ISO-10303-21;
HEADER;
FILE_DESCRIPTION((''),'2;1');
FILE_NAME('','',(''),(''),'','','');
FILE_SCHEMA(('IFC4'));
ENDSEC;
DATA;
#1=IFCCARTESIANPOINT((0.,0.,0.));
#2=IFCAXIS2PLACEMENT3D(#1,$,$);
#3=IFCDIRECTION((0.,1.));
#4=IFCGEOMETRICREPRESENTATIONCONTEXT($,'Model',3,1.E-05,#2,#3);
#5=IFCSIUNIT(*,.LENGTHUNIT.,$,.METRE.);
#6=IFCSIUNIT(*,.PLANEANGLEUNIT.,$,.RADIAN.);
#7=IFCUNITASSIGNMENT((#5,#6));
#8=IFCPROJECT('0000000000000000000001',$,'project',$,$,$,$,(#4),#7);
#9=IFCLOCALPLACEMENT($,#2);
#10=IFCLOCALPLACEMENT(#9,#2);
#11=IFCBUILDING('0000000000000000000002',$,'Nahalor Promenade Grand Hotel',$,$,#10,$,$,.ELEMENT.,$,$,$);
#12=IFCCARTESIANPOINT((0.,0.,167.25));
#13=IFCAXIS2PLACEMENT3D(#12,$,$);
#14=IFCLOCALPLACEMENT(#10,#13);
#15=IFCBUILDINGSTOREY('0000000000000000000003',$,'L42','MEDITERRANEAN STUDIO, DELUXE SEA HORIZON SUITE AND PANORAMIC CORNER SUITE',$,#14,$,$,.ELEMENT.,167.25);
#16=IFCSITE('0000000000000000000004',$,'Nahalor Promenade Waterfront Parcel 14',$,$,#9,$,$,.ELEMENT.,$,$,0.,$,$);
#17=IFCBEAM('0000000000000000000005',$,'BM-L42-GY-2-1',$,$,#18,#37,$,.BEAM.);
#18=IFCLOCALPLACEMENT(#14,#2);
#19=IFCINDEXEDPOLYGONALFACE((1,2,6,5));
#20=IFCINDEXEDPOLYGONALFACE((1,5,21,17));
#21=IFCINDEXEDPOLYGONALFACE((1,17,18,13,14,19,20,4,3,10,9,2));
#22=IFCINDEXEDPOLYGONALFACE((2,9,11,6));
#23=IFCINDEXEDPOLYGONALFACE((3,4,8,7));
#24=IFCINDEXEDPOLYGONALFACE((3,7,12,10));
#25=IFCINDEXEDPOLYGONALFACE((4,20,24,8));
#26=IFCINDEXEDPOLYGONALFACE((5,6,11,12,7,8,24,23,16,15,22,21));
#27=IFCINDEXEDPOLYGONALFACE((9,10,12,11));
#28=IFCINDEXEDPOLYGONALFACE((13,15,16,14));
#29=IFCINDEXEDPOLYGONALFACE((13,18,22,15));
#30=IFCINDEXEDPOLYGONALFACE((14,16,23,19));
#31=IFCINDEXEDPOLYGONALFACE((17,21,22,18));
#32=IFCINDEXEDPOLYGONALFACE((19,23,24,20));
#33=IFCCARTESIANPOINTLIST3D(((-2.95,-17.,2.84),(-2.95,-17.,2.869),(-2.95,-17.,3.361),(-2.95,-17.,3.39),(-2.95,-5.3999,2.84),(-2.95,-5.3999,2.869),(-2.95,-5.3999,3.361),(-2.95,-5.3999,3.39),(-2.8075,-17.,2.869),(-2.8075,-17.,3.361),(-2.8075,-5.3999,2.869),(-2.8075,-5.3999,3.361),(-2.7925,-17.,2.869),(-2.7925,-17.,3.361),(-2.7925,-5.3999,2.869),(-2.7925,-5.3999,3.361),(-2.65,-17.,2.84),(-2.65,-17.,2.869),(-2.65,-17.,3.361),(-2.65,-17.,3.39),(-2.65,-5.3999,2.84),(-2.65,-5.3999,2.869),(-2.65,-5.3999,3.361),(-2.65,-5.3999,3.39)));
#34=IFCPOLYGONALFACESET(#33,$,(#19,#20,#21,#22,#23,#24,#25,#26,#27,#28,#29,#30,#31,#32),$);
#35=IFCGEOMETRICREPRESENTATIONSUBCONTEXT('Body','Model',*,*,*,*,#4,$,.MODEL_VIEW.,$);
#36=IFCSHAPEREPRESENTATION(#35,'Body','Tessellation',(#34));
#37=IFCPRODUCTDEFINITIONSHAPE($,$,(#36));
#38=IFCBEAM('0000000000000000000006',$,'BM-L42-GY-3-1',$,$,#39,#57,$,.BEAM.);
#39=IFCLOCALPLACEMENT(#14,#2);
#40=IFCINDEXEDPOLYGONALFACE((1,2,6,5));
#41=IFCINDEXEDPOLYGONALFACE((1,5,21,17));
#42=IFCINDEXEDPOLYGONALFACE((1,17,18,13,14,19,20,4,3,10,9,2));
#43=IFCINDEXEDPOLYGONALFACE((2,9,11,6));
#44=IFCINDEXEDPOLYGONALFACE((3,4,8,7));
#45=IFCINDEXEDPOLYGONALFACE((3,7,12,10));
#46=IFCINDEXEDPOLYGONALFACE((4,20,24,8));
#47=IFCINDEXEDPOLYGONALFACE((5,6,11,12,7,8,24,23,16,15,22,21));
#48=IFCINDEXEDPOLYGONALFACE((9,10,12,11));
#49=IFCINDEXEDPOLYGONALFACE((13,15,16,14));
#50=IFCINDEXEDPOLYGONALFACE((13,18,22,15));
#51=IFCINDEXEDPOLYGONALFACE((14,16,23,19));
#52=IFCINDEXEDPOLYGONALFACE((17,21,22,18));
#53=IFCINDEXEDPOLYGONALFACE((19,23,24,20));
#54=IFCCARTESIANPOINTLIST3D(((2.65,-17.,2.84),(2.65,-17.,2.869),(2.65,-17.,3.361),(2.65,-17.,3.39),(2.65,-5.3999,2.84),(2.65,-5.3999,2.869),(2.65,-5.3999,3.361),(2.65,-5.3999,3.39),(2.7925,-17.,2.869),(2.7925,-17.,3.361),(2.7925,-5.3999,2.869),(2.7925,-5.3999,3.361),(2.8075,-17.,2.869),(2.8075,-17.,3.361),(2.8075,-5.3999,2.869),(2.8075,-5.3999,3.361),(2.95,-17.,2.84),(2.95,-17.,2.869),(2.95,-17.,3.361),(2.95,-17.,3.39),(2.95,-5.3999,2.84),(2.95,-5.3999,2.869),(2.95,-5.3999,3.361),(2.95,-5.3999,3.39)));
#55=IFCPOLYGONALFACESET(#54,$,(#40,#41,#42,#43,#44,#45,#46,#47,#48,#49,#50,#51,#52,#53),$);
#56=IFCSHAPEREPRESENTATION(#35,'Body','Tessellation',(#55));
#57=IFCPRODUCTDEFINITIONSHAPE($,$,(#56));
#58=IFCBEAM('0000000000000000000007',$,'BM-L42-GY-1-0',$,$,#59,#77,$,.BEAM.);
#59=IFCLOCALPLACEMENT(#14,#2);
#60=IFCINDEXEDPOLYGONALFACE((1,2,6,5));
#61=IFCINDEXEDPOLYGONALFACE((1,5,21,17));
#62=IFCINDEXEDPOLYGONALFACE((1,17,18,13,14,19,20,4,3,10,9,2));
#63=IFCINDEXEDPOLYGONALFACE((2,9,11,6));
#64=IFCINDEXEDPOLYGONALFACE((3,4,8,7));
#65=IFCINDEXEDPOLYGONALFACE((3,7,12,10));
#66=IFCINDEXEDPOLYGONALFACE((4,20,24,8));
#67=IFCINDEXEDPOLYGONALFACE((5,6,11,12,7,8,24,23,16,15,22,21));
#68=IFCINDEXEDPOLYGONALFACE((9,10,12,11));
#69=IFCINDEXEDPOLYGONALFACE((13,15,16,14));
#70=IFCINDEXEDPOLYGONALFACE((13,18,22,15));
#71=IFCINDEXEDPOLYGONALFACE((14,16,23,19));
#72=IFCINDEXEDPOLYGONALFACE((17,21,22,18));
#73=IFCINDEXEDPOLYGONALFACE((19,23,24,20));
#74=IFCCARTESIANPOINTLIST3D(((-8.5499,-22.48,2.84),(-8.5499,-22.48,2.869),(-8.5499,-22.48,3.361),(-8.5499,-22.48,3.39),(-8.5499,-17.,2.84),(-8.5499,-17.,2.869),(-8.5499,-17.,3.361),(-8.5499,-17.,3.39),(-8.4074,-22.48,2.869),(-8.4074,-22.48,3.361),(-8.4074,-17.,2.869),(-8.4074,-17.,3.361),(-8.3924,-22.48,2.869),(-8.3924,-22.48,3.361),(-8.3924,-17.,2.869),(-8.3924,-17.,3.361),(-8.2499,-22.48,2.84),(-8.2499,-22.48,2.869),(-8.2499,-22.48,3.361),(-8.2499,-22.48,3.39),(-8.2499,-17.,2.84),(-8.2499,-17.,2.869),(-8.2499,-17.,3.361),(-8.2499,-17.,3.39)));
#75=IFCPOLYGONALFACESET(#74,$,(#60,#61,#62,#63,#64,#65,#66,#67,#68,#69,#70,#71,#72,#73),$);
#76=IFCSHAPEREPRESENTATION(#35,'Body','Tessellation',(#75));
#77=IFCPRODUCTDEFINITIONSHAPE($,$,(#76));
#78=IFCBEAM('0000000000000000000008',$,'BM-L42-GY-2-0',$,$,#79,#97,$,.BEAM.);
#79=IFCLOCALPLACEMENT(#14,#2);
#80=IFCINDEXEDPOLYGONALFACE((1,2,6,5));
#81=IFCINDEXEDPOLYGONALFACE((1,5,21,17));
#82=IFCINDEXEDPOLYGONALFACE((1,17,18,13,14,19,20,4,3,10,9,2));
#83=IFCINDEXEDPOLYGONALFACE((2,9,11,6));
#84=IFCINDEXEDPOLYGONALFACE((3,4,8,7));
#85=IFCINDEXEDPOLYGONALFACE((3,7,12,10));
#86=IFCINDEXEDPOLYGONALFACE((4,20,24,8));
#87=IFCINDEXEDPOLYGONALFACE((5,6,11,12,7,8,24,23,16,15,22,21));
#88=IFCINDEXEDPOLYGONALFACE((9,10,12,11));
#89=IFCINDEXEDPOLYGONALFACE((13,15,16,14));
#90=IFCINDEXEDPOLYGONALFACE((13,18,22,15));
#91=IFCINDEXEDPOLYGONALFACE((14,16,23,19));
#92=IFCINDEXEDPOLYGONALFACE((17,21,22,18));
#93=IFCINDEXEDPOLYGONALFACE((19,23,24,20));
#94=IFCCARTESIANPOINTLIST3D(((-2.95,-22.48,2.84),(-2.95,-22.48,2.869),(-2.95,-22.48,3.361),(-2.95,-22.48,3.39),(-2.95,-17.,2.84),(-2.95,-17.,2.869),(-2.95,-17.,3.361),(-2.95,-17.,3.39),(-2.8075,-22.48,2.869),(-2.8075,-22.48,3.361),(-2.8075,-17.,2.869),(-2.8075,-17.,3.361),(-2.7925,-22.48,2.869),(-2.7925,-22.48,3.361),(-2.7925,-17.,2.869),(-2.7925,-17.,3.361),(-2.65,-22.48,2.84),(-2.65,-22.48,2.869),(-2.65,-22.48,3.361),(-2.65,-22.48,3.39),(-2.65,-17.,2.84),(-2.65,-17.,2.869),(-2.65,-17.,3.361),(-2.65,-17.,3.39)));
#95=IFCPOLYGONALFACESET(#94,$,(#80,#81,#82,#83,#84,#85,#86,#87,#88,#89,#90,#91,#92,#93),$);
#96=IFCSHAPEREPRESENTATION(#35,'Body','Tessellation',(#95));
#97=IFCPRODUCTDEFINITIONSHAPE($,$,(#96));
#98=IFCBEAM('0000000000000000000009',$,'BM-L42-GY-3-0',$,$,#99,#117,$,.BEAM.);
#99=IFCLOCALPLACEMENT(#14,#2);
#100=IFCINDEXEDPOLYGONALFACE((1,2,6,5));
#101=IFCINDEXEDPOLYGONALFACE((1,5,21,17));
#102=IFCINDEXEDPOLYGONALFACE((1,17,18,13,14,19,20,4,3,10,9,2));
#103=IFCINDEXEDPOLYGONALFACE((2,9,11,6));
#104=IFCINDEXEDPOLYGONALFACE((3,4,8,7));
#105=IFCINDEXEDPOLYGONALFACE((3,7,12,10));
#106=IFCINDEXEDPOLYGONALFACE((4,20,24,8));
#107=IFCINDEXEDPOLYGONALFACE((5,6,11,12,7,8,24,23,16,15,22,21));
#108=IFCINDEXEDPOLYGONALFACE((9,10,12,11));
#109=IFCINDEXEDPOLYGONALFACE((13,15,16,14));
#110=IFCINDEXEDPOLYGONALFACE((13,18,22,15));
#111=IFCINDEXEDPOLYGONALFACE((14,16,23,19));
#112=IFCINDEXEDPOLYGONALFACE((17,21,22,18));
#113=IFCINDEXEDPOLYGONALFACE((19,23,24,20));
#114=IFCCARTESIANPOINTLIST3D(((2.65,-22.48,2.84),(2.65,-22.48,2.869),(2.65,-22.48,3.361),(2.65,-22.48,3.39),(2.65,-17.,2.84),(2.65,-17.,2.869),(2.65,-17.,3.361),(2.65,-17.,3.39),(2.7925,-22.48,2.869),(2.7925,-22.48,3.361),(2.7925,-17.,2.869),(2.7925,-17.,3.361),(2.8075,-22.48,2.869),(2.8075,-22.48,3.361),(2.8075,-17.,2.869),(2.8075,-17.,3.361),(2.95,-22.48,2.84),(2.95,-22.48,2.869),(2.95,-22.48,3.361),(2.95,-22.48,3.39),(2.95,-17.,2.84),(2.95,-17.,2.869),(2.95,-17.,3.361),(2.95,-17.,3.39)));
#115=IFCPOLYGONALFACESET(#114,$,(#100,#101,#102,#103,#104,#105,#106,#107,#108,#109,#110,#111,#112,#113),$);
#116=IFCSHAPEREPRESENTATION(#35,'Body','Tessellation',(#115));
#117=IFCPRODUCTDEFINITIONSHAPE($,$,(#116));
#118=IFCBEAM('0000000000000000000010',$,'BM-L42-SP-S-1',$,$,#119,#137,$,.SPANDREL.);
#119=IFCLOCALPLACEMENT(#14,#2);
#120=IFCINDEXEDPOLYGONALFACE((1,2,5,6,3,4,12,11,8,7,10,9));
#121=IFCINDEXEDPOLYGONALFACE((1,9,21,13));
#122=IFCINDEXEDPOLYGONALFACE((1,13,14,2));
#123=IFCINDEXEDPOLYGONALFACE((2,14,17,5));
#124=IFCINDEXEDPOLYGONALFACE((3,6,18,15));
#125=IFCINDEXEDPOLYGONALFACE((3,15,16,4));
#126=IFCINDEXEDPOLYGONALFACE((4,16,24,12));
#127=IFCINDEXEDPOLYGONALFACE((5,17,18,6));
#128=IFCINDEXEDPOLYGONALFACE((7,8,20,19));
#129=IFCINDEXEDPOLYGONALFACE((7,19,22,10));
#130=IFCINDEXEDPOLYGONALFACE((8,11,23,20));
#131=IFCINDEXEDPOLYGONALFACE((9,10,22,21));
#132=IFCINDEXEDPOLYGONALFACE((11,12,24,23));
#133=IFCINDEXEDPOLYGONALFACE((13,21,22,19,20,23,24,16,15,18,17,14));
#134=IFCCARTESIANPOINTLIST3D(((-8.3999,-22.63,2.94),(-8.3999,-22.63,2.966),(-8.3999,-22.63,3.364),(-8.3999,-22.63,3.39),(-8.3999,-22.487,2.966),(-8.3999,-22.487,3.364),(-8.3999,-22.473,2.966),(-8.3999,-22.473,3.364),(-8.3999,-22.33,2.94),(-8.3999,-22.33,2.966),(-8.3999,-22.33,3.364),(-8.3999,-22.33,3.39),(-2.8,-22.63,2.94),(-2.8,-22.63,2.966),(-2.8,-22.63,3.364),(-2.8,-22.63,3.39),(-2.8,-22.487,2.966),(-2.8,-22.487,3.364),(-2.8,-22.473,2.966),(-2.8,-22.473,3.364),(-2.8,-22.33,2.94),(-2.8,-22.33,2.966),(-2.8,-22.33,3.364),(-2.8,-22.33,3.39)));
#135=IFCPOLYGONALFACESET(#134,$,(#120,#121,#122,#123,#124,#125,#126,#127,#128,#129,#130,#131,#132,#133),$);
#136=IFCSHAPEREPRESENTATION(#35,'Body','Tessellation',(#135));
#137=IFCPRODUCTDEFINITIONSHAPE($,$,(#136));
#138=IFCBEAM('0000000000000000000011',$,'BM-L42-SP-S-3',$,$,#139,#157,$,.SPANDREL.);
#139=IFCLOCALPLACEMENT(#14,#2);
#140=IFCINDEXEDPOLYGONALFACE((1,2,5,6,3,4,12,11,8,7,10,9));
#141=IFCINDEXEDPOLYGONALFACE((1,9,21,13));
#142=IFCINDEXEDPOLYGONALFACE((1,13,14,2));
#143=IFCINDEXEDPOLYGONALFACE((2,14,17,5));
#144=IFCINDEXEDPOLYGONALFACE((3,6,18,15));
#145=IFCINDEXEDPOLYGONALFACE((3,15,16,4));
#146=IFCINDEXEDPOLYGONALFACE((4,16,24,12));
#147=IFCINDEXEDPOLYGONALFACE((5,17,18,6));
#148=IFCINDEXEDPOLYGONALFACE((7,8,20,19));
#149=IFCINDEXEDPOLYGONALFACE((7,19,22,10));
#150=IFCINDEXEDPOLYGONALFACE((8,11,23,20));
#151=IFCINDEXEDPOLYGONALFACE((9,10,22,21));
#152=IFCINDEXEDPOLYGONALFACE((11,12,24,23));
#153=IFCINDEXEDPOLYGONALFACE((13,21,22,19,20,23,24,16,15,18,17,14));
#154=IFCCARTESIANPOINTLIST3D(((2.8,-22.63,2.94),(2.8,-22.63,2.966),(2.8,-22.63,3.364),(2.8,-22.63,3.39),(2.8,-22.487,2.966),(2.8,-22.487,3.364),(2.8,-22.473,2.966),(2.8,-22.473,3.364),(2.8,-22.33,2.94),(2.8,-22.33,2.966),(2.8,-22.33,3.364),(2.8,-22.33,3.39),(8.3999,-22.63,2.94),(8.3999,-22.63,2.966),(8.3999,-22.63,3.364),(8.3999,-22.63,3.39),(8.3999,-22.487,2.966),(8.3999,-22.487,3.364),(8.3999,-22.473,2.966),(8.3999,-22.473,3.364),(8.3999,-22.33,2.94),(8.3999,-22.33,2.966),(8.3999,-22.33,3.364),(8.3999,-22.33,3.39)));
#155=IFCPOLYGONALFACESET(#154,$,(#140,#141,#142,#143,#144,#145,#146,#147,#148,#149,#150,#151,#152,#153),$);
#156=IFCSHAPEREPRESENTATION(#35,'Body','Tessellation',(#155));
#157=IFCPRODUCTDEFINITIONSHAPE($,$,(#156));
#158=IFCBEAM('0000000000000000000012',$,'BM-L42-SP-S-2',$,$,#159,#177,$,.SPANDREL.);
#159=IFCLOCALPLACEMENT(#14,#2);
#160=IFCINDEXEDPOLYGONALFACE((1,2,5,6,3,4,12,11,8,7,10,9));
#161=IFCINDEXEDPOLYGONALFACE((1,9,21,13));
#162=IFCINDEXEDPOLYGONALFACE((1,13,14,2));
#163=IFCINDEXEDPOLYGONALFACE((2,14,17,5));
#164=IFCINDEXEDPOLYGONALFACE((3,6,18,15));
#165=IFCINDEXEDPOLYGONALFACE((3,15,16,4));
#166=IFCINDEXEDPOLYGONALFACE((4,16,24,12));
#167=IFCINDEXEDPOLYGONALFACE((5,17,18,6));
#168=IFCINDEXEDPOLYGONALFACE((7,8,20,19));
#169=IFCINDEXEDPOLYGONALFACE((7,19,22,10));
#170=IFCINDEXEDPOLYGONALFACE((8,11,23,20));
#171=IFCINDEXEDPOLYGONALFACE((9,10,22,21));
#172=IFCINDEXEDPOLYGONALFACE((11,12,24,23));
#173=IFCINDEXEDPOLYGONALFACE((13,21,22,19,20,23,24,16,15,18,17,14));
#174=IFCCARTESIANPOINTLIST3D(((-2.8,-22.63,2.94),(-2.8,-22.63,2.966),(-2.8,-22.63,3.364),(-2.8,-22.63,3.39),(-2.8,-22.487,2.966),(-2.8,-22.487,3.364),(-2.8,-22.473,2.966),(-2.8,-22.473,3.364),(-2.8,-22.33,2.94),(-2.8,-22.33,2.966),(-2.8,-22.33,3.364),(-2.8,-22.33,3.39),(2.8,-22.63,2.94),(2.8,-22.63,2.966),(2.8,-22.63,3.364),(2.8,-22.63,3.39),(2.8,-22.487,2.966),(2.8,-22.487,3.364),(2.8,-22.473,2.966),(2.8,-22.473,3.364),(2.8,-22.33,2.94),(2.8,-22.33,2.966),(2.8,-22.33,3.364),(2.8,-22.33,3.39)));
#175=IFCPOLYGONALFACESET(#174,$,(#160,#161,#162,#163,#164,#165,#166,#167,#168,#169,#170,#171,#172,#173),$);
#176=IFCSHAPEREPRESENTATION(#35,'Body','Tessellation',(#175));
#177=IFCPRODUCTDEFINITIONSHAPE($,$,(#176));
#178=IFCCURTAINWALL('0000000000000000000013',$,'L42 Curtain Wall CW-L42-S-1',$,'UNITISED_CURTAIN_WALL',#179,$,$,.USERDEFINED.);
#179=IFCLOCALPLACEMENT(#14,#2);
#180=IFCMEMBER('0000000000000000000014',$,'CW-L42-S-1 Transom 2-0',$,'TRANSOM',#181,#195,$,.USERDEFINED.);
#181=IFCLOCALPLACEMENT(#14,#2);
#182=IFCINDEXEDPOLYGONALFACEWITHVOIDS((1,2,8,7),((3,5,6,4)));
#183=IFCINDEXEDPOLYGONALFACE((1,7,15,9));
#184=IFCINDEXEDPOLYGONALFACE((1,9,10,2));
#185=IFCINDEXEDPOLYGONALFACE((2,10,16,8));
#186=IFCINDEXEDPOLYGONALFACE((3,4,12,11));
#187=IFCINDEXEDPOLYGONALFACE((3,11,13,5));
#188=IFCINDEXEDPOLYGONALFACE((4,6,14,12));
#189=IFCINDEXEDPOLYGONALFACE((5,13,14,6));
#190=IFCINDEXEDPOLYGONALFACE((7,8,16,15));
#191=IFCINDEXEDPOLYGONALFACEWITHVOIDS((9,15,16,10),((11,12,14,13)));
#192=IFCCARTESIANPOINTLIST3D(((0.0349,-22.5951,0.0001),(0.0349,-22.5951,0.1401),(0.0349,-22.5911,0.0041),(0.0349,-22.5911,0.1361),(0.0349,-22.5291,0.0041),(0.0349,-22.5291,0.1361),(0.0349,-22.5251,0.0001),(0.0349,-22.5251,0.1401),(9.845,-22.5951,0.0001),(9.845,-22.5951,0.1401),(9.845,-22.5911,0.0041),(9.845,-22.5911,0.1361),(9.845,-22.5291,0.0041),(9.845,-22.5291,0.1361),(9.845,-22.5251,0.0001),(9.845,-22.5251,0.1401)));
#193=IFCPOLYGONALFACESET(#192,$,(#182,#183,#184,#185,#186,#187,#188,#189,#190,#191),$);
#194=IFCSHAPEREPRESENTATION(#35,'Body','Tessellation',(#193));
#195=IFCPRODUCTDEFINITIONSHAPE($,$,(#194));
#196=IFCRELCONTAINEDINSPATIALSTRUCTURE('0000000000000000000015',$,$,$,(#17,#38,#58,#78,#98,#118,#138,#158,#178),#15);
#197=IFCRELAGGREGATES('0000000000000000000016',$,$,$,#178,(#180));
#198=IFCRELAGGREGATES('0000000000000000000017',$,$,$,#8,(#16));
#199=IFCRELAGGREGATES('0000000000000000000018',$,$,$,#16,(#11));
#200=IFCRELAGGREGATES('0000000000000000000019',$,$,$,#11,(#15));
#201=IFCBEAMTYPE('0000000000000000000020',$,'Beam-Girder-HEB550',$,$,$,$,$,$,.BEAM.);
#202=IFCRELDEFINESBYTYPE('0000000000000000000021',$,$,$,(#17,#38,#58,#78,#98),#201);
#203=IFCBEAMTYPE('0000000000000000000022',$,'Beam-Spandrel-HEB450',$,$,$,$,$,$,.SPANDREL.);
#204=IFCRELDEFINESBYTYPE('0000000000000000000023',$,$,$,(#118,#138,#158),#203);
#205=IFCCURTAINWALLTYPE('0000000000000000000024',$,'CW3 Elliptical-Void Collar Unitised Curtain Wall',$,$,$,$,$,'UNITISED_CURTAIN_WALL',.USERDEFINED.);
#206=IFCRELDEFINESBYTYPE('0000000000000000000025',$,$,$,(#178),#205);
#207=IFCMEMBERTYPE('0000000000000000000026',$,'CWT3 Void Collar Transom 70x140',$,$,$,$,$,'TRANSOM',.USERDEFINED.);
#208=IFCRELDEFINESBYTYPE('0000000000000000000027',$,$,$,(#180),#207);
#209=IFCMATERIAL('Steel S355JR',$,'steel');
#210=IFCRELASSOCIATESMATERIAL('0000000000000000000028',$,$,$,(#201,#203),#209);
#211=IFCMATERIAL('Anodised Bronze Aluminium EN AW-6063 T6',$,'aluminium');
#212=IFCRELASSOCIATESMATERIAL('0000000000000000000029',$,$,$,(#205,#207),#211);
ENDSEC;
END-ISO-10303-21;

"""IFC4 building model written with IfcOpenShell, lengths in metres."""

from ifc_helpers import new_model, si_unit, direction, frame, origin, origin_2d, place, context, subcontext, project, spatial, hollow_rectangle, i_section, extrude, source, transform, mapped, material, material_profile, profile_set, type_object, element, aggregate, save


model = new_model("IFC4")

# Units and contexts
model_context = context("Model", 3, precision=1e-05, world=origin(), true_north=direction((0.0, 1.0)))
body_context = subcontext(model_context, "Body", "Model", "MODEL_VIEW")
ifc_project = project(units=[si_unit("LENGTHUNIT", "METRE"), si_unit("PLANEANGLEUNIT", "RADIAN")], contexts=[model_context])

# Site, building, storey
site_placement = place(None, origin())
site = spatial("IfcSite", under=ifc_project, at=site_placement, Name="Nahalor Promenade Waterfront Parcel 14", CompositionType="ELEMENT", RefElevation=0.0)
building_placement = place(site_placement, origin())
building = spatial("IfcBuilding", under=site, at=building_placement, Name="Nahalor Promenade Grand Hotel", CompositionType="ELEMENT")
storey_placement = place(building_placement, frame((0.0, 0.0, 167.25)))
storey = spatial("IfcBuildingStorey", under=building, at=storey_placement, Name="L42", Description="MEDITERRANEAN STUDIO, DELUXE SEA HORIZON SUITE AND PANORAMIC CORNER SUITE", CompositionType="ELEMENT", Elevation=167.25)

# Beams
ifc_material_1 = material(Name="Steel S355JR", Category="steel")
ifc_material_profile_1 = material_profile(ifc_material_1, i_section(OverallWidth=0.3, OverallDepth=0.55, WebThickness=0.015, FlangeThickness=0.029, at=origin_2d()), Name="HEB 550")
ifc_profile_set_1 = profile_set([ifc_material_profile_1], Name="Steel S355JR")
beam_type_1 = type_object("IfcBeamType", Name="Beam-Girder-HEB550", PredefinedType="BEAM", material=ifc_profile_set_1)
shared_shape_1 = source(origin(), body_context, "Body", "SweptSolid", [
    extrude(i_section(OverallWidth=0.3, OverallDepth=0.55, WebThickness=0.015, FlangeThickness=0.029, at=origin_2d()), origin(), (0.0, 0.0, 1.0), 11.6001),
])
for number, where, z_axis, x_axis, name in (
    (1, (-2.8, -17.0, 3.115), (0.0, 1.0, 0.0), (-1.0, 0.0, 0.0), "BM-L42-GY-2-1"),
    (2, (2.8, -17.0, 3.115), (0.0, 1.0, 0.0), (-1.0, 0.0, 0.0), "BM-L42-GY-3-1"),
):
    element("IfcBeam", number, at=place(storey_placement, frame(where, z_axis=z_axis, x_axis=x_axis)), inside=storey, type_object=beam_type_1, Name=name, PredefinedType="BEAM", context=body_context, shape_type="MappedRepresentation", body=[
        mapped(shared_shape_1, transform((0.0, 0.0, 0.0), scale=1.0)),
    ])
shared_shape_2 = source(origin(), body_context, "Body", "SweptSolid", [
    extrude(i_section(OverallWidth=0.3, OverallDepth=0.55, WebThickness=0.015, FlangeThickness=0.029, at=origin_2d()), origin(), (0.0, 0.0, 1.0), 5.48),
])
for number, where, z_axis, x_axis, name in (
    (3, (-8.3999, -22.48, 3.115), (0.0, 1.0, 0.0), (-1.0, 0.0, 0.0), "BM-L42-GY-1-0"),
    (4, (-2.8, -22.48, 3.115), (0.0, 1.0, 0.0), (-1.0, 0.0, 0.0), "BM-L42-GY-2-0"),
    (5, (2.8, -22.48, 3.115), (0.0, 1.0, 0.0), (-1.0, 0.0, 0.0), "BM-L42-GY-3-0"),
):
    element("IfcBeam", number, at=place(storey_placement, frame(where, z_axis=z_axis, x_axis=x_axis)), inside=storey, type_object=beam_type_1, Name=name, PredefinedType="BEAM", context=body_context, shape_type="MappedRepresentation", body=[
        mapped(shared_shape_2, transform((0.0, 0.0, 0.0), scale=1.0)),
    ])
ifc_material_profile_2 = material_profile(ifc_material_1, i_section(OverallWidth=0.3, OverallDepth=0.45, WebThickness=0.014, FlangeThickness=0.026, at=origin_2d()), Name="HEB 450")
ifc_profile_set_2 = profile_set([ifc_material_profile_2], Name="Steel S355JR")
beam_type_2 = type_object("IfcBeamType", Name="Beam-Spandrel-HEB450", PredefinedType="SPANDREL", material=ifc_profile_set_2)
shared_shape_3 = source(origin(), body_context, "Body", "SweptSolid", [
    extrude(i_section(OverallWidth=0.3, OverallDepth=0.45, WebThickness=0.014, FlangeThickness=0.026, at=origin_2d()), origin(), (0.0, 0.0, 1.0), 5.5999),
])
for number, where, z_axis, x_axis, name in (
    (6, (-8.3999, -22.48, 3.165), (1.0, 0.0, 0.0), (0.0, 1.0, 0.0), "BM-L42-SP-S-1"),
    (7, (2.8, -22.48, 3.165), (1.0, 0.0, 0.0), (0.0, 1.0, 0.0), "BM-L42-SP-S-3"),
):
    element("IfcBeam", number, at=place(storey_placement, frame(where, z_axis=z_axis, x_axis=x_axis)), inside=storey, type_object=beam_type_2, Name=name, PredefinedType="SPANDREL", context=body_context, shape_type="MappedRepresentation", body=[
        mapped(shared_shape_3, transform((0.0, 0.0, 0.0), scale=1.0)),
    ])
shared_shape_4 = source(origin(), body_context, "Body", "SweptSolid", [
    extrude(i_section(OverallWidth=0.3, OverallDepth=0.45, WebThickness=0.014, FlangeThickness=0.026, at=origin_2d()), origin(), (0.0, 0.0, 1.0), 5.6001),
])
beam_1_placement = place(storey_placement, frame((-2.8, -22.48, 3.165), z_axis=(1.0, 0.0, 0.0), x_axis=(0.0, 1.0, 0.0)))
element("IfcBeam", 8, at=beam_1_placement, inside=storey, type_object=beam_type_2, Name="BM-L42-SP-S-2", PredefinedType="SPANDREL", context=body_context, shape_type="MappedRepresentation", body=[
    mapped(shared_shape_4, transform((0.0, 0.0, 0.0), scale=1.0)),
])

# Curtain wall, member
ifc_material_2 = material(Name="Anodised Bronze Aluminium EN AW-6063 T6", Category="aluminium")
curtain_wall_type = type_object("IfcCurtainWallType", Name="CW3 Elliptical-Void Collar Unitised Curtain Wall", ElementType="UNITISED_CURTAIN_WALL", PredefinedType="USERDEFINED", material=ifc_material_2)
curtain_wall_placement = place(storey_placement, origin())
curtain_wall = element("IfcCurtainWall", 9, at=curtain_wall_placement, inside=storey, type_object=curtain_wall_type, Name="L42 Curtain Wall CW-L42-S-1", ObjectType="UNITISED_CURTAIN_WALL", PredefinedType="USERDEFINED")
ifc_material_profile_3 = material_profile(ifc_material_2, hollow_rectangle(XDim=0.07, YDim=0.14, WallThickness=0.004, at=origin_2d()), Name="CWT 70x140x4")
ifc_profile_set_3 = profile_set([ifc_material_profile_3], Name="Anodised Bronze Aluminium EN AW-6063 T6")
member_type_1 = type_object("IfcMemberType", Name="CWT3 Void Collar Transom 70x140", ElementType="TRANSOM", PredefinedType="USERDEFINED", material=ifc_profile_set_3)
shared_shape_5 = source(origin(), body_context, "Body", "SweptSolid", [
    extrude(hollow_rectangle(XDim=0.07, YDim=0.14, WallThickness=0.004, at=origin_2d()), origin(), (0.0, 0.0, 1.0), 9.8101),
])
member_1_placement = place(storey_placement, frame((0.0349, -22.5601, 0.0701), z_axis=(1.0, 0.0, 0.0), x_axis=(0.0, 1.0, 0.0)))
member_1 = element("IfcMember", 10, at=member_1_placement, type_object=member_type_1, Name="CW-L42-S-1 Transom 2-0", ObjectType="TRANSOM", PredefinedType="USERDEFINED", context=body_context, shape_type="MappedRepresentation", body=[
    mapped(shared_shape_5, transform((0.0, 0.0, 0.0), scale=1.0)),
])
aggregate(curtain_wall, [member_1])

save(model, "model.ifc")
